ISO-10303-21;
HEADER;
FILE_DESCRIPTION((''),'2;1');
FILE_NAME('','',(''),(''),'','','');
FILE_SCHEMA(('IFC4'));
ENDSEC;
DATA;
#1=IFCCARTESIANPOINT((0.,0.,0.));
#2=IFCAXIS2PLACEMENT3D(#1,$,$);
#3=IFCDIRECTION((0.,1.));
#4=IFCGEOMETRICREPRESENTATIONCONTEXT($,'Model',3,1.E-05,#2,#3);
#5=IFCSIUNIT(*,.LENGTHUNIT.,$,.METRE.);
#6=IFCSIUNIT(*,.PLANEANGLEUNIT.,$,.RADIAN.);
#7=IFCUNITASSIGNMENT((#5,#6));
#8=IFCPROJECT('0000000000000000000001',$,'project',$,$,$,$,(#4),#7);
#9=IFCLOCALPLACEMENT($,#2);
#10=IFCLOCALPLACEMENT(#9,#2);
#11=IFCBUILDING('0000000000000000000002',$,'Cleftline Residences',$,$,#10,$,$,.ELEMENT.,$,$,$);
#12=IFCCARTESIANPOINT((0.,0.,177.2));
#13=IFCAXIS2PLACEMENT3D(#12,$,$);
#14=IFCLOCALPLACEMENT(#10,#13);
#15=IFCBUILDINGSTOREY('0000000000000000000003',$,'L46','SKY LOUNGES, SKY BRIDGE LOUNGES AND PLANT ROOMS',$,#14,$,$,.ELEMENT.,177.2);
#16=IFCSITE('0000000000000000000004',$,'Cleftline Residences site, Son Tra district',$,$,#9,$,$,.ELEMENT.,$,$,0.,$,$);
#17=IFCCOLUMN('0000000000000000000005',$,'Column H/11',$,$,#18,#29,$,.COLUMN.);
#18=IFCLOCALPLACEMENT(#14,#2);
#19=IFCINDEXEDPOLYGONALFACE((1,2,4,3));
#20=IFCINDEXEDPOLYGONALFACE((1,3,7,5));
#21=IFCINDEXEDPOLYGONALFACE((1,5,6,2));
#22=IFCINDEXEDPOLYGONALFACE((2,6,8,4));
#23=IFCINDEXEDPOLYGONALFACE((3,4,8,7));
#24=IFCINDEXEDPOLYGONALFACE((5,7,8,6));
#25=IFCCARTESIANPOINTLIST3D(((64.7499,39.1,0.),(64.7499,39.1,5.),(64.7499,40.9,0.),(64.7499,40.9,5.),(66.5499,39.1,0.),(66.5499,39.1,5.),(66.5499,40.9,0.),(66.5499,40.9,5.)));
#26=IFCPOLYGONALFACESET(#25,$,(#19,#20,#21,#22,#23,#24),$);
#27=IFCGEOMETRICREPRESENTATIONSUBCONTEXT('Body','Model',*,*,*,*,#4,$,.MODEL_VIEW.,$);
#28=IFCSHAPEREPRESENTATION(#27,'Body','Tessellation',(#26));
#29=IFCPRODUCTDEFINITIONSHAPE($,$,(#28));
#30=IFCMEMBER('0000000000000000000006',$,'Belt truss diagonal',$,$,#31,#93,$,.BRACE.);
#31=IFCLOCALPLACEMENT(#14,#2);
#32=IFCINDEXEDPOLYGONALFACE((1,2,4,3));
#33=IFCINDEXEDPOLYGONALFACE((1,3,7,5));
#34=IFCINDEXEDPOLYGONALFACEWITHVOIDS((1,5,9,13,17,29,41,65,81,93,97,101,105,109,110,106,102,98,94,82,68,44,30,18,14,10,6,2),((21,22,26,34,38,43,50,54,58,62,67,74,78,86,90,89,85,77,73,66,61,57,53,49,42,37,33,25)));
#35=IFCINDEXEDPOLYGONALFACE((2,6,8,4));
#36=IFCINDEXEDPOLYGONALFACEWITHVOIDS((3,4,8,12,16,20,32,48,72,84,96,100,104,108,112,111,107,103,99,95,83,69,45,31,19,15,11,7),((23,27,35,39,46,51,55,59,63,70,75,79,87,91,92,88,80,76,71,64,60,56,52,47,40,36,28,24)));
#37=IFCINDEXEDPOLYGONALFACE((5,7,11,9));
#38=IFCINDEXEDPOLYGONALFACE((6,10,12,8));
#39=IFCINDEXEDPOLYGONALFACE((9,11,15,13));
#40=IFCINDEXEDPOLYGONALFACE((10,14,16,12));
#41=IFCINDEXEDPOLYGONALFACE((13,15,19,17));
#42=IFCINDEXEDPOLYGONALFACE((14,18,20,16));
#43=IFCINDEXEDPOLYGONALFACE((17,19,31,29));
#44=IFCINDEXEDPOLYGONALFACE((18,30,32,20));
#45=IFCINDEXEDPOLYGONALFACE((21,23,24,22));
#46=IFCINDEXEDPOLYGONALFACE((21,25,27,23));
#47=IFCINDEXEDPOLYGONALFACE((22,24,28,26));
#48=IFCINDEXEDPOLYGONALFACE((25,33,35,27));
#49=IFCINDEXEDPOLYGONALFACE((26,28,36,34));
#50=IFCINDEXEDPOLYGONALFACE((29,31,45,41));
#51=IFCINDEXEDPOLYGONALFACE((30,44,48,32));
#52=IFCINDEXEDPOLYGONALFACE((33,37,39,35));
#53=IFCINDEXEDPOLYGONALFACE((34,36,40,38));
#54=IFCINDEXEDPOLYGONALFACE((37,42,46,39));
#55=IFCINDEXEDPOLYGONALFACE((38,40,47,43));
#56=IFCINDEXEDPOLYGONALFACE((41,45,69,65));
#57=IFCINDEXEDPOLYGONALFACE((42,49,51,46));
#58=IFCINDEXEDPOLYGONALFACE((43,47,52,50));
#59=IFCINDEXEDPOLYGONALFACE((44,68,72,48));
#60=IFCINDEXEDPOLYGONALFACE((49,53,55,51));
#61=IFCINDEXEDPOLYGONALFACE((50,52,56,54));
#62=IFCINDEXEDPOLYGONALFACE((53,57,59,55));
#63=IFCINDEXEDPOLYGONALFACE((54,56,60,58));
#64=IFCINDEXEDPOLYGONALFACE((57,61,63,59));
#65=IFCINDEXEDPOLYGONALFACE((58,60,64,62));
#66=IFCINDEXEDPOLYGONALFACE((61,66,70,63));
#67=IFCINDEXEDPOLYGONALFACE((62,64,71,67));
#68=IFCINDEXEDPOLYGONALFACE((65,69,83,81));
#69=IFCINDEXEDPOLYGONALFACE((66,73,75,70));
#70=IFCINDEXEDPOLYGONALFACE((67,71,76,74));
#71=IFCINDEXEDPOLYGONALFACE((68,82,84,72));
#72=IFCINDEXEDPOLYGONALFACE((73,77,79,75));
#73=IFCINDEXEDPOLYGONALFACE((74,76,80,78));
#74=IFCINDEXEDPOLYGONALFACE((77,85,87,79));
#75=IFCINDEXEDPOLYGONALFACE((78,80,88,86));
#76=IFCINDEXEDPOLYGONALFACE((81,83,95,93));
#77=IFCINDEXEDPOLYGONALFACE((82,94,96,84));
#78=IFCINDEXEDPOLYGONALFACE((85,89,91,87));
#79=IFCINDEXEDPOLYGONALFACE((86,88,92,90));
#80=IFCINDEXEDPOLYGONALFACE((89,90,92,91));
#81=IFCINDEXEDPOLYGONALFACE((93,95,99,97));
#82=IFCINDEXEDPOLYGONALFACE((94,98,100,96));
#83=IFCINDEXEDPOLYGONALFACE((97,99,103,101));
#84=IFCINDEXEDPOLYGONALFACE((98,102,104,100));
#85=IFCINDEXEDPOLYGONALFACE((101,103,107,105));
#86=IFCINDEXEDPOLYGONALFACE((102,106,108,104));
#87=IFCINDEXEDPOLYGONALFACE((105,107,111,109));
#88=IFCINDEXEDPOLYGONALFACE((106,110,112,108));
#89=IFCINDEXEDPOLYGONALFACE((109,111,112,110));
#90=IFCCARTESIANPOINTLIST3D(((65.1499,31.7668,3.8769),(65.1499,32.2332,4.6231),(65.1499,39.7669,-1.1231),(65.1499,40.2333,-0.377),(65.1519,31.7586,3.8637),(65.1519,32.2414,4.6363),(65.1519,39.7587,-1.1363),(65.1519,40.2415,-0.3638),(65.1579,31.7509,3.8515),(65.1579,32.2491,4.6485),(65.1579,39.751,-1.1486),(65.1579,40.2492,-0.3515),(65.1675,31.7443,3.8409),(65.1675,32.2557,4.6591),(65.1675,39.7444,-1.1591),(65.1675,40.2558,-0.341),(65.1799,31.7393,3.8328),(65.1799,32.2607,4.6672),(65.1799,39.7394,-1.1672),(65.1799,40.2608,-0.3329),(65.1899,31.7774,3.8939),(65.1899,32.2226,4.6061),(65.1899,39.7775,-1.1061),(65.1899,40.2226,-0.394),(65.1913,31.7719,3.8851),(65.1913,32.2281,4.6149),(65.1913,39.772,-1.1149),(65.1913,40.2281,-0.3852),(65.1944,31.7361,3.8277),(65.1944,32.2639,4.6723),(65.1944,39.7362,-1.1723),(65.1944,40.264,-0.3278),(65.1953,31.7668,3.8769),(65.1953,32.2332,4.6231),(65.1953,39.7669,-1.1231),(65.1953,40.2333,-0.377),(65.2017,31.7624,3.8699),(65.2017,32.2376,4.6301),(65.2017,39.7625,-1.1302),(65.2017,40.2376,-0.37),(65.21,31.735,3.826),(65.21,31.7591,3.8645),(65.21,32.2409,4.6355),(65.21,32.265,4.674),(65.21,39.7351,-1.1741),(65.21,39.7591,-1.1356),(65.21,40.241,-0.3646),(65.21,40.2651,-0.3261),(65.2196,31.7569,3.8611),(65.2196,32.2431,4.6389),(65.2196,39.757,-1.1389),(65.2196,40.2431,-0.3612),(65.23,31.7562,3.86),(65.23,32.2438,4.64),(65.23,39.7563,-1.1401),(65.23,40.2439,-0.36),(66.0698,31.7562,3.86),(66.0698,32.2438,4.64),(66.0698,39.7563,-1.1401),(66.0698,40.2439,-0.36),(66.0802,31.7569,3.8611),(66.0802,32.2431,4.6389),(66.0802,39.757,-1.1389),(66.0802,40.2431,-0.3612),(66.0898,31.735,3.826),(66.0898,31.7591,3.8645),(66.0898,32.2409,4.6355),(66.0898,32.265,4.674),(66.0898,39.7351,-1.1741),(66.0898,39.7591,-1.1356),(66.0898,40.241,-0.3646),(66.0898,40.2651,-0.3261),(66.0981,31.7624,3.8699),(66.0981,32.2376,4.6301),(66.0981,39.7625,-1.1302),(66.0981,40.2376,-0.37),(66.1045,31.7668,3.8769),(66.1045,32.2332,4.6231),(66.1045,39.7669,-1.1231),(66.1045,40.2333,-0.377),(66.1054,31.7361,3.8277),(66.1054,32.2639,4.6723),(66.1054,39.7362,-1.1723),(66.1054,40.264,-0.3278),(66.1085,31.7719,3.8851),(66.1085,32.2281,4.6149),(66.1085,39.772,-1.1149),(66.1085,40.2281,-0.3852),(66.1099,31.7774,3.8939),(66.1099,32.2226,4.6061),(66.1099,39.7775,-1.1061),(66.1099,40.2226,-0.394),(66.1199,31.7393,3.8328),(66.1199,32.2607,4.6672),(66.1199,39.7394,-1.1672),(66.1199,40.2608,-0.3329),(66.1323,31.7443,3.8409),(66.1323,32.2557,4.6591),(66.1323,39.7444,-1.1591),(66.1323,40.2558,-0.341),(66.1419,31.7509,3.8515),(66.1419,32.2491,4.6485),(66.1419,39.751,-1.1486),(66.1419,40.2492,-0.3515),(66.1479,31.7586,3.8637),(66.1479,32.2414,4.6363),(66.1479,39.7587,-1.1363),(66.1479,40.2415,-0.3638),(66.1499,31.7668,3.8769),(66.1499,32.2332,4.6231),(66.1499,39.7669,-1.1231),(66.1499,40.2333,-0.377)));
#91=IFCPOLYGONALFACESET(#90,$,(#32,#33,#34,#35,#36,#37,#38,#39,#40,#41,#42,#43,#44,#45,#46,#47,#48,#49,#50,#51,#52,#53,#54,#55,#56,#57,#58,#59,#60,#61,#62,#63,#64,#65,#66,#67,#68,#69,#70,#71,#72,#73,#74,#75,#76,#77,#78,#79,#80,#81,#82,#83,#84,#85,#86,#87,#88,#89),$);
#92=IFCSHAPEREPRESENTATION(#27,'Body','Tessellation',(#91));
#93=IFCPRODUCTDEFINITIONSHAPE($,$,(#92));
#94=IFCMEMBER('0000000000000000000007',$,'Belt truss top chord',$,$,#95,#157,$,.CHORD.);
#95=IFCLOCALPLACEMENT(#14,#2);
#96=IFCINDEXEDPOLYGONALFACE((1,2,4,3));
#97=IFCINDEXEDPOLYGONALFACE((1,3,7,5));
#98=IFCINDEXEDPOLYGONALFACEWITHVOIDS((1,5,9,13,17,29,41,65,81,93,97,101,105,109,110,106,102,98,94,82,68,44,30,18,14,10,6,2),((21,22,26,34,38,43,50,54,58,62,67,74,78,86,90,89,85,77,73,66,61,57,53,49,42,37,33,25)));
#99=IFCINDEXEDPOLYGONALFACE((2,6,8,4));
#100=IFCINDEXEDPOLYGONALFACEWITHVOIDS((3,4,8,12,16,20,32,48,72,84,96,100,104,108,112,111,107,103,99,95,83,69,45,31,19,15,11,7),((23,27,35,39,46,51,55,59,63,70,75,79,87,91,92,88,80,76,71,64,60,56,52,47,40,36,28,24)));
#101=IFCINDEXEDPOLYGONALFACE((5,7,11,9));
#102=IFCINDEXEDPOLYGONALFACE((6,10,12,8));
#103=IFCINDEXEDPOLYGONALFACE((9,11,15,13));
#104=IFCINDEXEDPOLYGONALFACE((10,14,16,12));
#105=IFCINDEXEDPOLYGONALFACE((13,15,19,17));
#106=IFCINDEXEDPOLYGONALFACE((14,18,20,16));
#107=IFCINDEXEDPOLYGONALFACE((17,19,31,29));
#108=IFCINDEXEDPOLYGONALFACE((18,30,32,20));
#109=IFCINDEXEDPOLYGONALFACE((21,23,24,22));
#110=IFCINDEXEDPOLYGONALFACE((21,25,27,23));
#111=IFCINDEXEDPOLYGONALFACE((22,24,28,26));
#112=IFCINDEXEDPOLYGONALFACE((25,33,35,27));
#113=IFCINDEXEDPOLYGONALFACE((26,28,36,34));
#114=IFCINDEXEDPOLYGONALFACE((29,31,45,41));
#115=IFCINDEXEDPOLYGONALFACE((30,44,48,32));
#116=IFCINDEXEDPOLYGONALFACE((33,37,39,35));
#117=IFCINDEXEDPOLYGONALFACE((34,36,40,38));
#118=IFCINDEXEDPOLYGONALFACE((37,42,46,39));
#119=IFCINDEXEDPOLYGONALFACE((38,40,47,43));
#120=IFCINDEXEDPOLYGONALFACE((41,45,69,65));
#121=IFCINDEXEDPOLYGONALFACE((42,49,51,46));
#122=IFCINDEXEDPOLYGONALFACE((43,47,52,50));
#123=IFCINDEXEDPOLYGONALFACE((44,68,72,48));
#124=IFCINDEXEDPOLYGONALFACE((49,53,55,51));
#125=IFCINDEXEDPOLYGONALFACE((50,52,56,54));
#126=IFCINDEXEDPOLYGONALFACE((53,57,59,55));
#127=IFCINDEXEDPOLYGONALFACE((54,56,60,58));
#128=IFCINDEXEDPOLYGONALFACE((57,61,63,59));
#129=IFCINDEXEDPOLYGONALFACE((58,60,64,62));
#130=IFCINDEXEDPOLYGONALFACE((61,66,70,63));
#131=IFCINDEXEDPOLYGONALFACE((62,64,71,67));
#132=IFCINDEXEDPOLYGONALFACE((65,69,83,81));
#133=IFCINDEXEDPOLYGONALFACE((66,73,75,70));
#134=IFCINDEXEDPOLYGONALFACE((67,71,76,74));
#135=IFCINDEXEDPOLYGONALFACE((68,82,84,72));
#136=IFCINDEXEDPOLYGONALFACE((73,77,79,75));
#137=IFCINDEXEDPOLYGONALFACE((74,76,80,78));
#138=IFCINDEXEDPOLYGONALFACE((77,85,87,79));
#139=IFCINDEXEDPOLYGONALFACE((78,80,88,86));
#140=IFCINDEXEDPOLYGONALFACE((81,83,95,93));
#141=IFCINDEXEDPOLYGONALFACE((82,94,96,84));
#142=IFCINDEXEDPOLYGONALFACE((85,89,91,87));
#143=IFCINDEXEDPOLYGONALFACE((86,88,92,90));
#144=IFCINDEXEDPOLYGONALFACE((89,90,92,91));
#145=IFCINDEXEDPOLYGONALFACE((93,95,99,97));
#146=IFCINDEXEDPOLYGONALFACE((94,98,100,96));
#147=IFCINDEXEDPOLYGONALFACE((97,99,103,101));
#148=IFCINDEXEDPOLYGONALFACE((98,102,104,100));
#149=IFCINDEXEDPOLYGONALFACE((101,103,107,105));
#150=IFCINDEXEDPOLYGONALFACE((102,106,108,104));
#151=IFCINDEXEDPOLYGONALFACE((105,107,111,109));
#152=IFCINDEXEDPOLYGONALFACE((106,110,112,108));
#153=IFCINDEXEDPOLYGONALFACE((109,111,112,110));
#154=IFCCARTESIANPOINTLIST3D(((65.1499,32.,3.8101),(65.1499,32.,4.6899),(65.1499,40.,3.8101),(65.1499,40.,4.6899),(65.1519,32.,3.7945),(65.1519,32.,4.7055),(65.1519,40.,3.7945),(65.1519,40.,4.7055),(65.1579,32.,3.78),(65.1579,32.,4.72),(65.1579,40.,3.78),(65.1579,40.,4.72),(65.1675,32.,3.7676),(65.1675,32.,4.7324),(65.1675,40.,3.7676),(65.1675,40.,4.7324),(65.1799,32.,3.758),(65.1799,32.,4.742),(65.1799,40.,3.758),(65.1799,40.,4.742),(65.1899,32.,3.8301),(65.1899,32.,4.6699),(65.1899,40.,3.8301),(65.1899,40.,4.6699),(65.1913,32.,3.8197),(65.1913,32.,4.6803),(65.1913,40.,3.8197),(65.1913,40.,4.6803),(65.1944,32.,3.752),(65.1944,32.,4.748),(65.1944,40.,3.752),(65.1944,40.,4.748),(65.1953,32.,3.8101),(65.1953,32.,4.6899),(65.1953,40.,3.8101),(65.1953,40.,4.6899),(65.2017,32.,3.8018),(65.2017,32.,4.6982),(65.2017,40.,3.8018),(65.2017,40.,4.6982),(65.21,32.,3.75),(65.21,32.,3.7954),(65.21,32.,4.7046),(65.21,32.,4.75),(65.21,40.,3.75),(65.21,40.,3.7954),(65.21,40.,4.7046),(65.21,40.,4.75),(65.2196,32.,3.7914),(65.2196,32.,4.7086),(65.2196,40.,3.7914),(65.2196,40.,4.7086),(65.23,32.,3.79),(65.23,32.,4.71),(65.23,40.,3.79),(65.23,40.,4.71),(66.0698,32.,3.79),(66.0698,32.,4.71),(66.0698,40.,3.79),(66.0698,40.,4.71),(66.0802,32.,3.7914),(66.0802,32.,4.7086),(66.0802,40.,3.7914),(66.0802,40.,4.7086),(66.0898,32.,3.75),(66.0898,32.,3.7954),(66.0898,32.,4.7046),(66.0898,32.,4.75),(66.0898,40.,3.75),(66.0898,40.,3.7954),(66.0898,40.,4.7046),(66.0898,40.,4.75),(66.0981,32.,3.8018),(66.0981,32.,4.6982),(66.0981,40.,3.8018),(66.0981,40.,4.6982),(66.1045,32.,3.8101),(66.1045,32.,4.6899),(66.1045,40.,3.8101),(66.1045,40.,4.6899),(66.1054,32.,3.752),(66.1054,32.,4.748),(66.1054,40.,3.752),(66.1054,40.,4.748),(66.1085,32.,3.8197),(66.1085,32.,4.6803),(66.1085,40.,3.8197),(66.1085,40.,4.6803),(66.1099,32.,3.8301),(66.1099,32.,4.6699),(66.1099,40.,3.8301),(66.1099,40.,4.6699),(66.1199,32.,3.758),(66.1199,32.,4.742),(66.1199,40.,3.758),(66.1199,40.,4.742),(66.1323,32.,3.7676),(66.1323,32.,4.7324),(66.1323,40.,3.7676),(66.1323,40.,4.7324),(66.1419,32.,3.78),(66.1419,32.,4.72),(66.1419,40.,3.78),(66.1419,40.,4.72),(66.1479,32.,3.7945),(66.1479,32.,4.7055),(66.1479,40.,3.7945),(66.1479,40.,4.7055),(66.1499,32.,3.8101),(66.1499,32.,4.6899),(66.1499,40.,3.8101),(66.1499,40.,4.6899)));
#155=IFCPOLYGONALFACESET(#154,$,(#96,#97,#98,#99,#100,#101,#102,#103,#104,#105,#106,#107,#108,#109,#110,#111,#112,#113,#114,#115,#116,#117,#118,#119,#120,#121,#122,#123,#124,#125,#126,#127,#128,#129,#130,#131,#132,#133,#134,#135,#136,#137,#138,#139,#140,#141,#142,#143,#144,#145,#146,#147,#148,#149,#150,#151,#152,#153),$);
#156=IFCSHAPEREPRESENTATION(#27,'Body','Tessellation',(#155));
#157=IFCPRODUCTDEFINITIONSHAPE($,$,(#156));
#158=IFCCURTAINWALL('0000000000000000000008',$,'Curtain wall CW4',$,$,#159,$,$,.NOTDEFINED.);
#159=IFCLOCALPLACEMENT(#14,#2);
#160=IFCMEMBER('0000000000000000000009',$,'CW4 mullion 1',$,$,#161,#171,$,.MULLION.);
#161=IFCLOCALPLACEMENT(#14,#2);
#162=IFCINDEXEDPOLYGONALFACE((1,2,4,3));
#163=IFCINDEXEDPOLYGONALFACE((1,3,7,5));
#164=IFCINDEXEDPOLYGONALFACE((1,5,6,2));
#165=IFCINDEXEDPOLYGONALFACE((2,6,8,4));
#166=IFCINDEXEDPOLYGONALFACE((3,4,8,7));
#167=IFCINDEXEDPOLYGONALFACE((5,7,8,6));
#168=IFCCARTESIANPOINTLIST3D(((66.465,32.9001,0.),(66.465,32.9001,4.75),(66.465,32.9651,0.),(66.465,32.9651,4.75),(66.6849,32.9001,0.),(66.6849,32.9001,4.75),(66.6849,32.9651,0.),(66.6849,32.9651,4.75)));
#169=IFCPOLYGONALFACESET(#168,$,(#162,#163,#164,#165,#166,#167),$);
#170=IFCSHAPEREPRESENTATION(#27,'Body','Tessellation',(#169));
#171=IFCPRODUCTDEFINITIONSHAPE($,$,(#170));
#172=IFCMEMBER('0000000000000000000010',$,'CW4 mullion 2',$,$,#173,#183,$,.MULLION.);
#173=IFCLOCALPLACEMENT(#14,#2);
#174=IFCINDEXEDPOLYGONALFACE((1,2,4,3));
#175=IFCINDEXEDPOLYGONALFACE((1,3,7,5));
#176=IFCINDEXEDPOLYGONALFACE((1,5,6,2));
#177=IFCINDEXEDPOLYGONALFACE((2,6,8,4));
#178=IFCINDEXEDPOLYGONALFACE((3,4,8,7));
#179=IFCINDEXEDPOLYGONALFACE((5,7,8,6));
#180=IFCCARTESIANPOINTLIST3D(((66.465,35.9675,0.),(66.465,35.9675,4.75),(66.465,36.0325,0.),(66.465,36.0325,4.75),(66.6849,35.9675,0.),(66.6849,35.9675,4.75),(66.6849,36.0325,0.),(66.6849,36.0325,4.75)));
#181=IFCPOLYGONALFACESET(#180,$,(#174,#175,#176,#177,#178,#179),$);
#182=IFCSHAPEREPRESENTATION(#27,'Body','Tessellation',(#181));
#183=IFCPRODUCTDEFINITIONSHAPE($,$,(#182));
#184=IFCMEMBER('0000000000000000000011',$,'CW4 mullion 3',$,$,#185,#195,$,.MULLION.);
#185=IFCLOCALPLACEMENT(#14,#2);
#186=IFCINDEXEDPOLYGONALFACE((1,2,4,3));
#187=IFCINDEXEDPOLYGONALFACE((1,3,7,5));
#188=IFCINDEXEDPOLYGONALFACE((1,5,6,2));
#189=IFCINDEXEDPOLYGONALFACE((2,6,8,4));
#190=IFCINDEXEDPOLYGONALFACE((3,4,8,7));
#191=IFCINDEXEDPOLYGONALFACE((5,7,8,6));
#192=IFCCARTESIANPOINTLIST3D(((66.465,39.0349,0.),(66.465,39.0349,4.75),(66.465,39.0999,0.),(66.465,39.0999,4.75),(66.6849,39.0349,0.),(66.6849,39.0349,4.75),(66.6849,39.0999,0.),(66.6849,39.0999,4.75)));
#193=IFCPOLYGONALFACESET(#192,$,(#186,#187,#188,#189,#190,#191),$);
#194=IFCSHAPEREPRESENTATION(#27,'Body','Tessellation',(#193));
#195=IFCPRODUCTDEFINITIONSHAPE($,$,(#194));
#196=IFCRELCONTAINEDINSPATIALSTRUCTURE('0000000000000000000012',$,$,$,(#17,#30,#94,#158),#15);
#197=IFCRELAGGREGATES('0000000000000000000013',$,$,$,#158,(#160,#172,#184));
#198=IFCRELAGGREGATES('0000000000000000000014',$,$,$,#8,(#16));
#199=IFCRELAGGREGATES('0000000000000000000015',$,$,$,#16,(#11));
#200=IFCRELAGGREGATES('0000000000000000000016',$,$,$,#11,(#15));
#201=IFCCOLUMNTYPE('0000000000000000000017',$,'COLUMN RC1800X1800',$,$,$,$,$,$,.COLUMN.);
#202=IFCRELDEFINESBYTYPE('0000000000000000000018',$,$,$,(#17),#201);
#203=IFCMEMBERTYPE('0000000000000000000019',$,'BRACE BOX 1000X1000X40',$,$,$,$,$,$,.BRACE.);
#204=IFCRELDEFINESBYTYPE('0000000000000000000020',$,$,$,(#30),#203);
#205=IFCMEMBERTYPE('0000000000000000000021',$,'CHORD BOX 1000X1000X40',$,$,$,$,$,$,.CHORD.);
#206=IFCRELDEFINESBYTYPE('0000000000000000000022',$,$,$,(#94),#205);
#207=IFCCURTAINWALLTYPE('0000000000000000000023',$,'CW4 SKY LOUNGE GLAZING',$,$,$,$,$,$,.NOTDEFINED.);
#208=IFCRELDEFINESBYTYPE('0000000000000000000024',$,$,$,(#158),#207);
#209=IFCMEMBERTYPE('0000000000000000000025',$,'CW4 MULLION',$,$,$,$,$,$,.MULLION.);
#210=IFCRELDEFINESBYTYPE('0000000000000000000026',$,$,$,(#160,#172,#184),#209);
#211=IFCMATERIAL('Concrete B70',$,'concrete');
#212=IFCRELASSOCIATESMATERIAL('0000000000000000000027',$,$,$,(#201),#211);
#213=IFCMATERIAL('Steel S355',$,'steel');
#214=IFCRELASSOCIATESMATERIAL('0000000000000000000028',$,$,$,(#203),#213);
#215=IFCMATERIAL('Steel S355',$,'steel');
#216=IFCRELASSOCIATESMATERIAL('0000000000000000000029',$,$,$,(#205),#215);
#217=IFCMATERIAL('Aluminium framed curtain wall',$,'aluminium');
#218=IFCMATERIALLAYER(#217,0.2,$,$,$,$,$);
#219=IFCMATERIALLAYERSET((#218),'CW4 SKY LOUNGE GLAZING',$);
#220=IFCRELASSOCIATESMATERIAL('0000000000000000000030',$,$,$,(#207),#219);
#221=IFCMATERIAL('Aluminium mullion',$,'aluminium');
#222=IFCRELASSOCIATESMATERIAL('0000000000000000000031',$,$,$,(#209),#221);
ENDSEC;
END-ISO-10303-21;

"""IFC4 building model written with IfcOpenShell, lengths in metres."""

from ifc_helpers import new_model, si_unit, direction, frame, origin, origin_2d, place, context, subcontext, project, spatial, rectangle, hollow_rectangle, extrude, material, layer, layer_set, material_profile, profile_set, type_object, element, aggregate, save


model = new_model("IFC4")

# Units and contexts
model_context = context("Model", 3, precision=1e-05, world=origin(), true_north=direction((0.0, 1.0)))
body_context = subcontext(model_context, "Body", "Model", "MODEL_VIEW")
ifc_project = project(units=[si_unit("LENGTHUNIT", "METRE"), si_unit("PLANEANGLEUNIT", "RADIAN")], contexts=[model_context])

# Site, building, storey
site_placement = place(None, origin())
site = spatial("IfcSite", under=ifc_project, at=site_placement, Name="Cleftline Residences site, Son Tra district", CompositionType="ELEMENT", RefElevation=0.0)
building_placement = place(site_placement, origin())
building = spatial("IfcBuilding", under=site, at=building_placement, Name="Cleftline Residences", CompositionType="ELEMENT")
storey_placement = place(building_placement, frame((0.0, 0.0, 177.2)))
storey = spatial("IfcBuildingStorey", under=building, at=storey_placement, Name="L46", Description="SKY LOUNGES, SKY BRIDGE LOUNGES AND PLANT ROOMS", CompositionType="ELEMENT", Elevation=177.2)

# Column
ifc_material_1 = material(Name="Concrete B70", Category="concrete")
ifc_material_profile_1 = material_profile(ifc_material_1, rectangle(XDim=1.8, YDim=1.8, at=origin_2d()))
ifc_profile_set_1 = profile_set([ifc_material_profile_1], Name="Concrete B70")
column_type = type_object("IfcColumnType", Name="COLUMN RC1800X1800", PredefinedType="COLUMN", material=ifc_profile_set_1)
column_placement = place(storey_placement, frame((65.6499, 40.0, 0.0), z_axis=(0.0, 0.0, 1.0), x_axis=(1.0, 0.0, 0.0)))
element("IfcColumn", 1, at=column_placement, inside=storey, type_object=column_type, Name="Column H/11", PredefinedType="COLUMN", context=body_context, shape_type="SweptSolid", body=[
    extrude(rectangle(XDim=1.8, YDim=1.8, at=origin_2d()), origin(), (0.0, 0.0, 1.0), 5.0),
])

# Members
ifc_material_2 = material(Name="Steel S355", Category="steel")
ifc_material_profile_2 = material_profile(ifc_material_2, hollow_rectangle(XDim=1.0, YDim=1.0, WallThickness=0.04, InnerFilletRadius=0.04, OuterFilletRadius=0.0601, at=origin_2d()))
ifc_profile_set_2 = profile_set([ifc_material_profile_2], Name="Steel S355")
member_type_1 = type_object("IfcMemberType", Name="BRACE BOX 1000X1000X40", PredefinedType="BRACE", material=ifc_profile_set_2)
member_1_placement = place(storey_placement, frame((65.6499, 32.0, 4.25), z_axis=(0.0, 0.847998, -0.529999), x_axis=(0.0, 0.529999, 0.847998)))
element("IfcMember", 2, at=member_1_placement, inside=storey, type_object=member_type_1, Name="Belt truss diagonal", PredefinedType="BRACE", context=body_context, shape_type="SweptSolid", body=[
    extrude(hollow_rectangle(XDim=1.0, YDim=1.0, WallThickness=0.04, InnerFilletRadius=0.04, OuterFilletRadius=0.0601, at=origin_2d()), origin(), (0.0, 0.0, 1.0), 9.4341),
])
ifc_material_3 = material(Name="Steel S355", Category="steel")
ifc_material_profile_3 = material_profile(ifc_material_3, hollow_rectangle(XDim=1.0, YDim=1.0, WallThickness=0.04, InnerFilletRadius=0.04, OuterFilletRadius=0.0601, at=origin_2d()))
ifc_profile_set_3 = profile_set([ifc_material_profile_3], Name="Steel S355")
member_type_2 = type_object("IfcMemberType", Name="CHORD BOX 1000X1000X40", PredefinedType="CHORD", material=ifc_profile_set_3)
member_2_placement = place(storey_placement, frame((65.6499, 32.0, 4.25), z_axis=(0.0, 1.0, 0.0), x_axis=(-1.0, 0.0, 0.0)))
element("IfcMember", 3, at=member_2_placement, inside=storey, type_object=member_type_2, Name="Belt truss top chord", PredefinedType="CHORD", context=body_context, shape_type="SweptSolid", body=[
    extrude(hollow_rectangle(XDim=1.0, YDim=1.0, WallThickness=0.04, InnerFilletRadius=0.04, OuterFilletRadius=0.0601, at=origin_2d()), origin(), (0.0, 0.0, 1.0), 8.0),
])

# Curtain wall, members
ifc_material_4 = material(Name="Aluminium framed curtain wall", Category="aluminium")
ifc_layer_1 = layer(ifc_material_4, 0.2)
ifc_layer_set_1 = layer_set([ifc_layer_1], Name="CW4 SKY LOUNGE GLAZING")
curtain_wall_type = type_object("IfcCurtainWallType", Name="CW4 SKY LOUNGE GLAZING", PredefinedType="NOTDEFINED", material=ifc_layer_set_1)
curtain_wall_1_placement = place(storey_placement, origin())
curtain_wall_1 = element("IfcCurtainWall", 4, at=curtain_wall_1_placement, inside=storey, type_object=curtain_wall_type, Name="Curtain wall CW4", PredefinedType="NOTDEFINED")
ifc_material_5 = material(Name="Aluminium mullion", Category="aluminium")
ifc_material_profile_4 = material_profile(ifc_material_5, rectangle(XDim=0.22, YDim=0.0649, at=origin_2d()))
ifc_profile_set_4 = profile_set([ifc_material_profile_4], Name="Aluminium mullion")
member_type_3 = type_object("IfcMemberType", Name="CW4 MULLION", PredefinedType="MULLION", material=ifc_profile_set_4)
member_3_placement = place(storey_placement, frame((66.575, 32.9326, 0.0), z_axis=(0.0, 0.0, 1.0), x_axis=(-1.0, 0.0, 0.0)))
member_3 = element("IfcMember", 5, at=member_3_placement, type_object=member_type_3, Name="CW4 mullion 1", PredefinedType="MULLION", context=body_context, shape_type="SweptSolid", body=[
    extrude(rectangle(XDim=0.22, YDim=0.0649, at=origin_2d()), origin(), (0.0, 0.0, 1.0), 4.75),
])
member_4_placement = place(storey_placement, frame((66.575, 36.0, 0.0), z_axis=(0.0, 0.0, 1.0), x_axis=(-1.0, 0.0, 0.0)))
member_4 = element("IfcMember", 6, at=member_4_placement, type_object=member_type_3, Name="CW4 mullion 2", PredefinedType="MULLION", context=body_context, shape_type="SweptSolid", body=[
    extrude(rectangle(XDim=0.22, YDim=0.0649, at=origin_2d()), origin(), (0.0, 0.0, 1.0), 4.75),
])
member_5_placement = place(storey_placement, frame((66.575, 39.0674, 0.0), z_axis=(0.0, 0.0, 1.0), x_axis=(-1.0, 0.0, 0.0)))
member_5 = element("IfcMember", 7, at=member_5_placement, type_object=member_type_3, Name="CW4 mullion 3", PredefinedType="MULLION", context=body_context, shape_type="SweptSolid", body=[
    extrude(rectangle(XDim=0.22, YDim=0.0649, at=origin_2d()), origin(), (0.0, 0.0, 1.0), 4.75),
])

aggregate(curtain_wall_1, [member_3, member_4, member_5])

save(model, "model.ifc")
